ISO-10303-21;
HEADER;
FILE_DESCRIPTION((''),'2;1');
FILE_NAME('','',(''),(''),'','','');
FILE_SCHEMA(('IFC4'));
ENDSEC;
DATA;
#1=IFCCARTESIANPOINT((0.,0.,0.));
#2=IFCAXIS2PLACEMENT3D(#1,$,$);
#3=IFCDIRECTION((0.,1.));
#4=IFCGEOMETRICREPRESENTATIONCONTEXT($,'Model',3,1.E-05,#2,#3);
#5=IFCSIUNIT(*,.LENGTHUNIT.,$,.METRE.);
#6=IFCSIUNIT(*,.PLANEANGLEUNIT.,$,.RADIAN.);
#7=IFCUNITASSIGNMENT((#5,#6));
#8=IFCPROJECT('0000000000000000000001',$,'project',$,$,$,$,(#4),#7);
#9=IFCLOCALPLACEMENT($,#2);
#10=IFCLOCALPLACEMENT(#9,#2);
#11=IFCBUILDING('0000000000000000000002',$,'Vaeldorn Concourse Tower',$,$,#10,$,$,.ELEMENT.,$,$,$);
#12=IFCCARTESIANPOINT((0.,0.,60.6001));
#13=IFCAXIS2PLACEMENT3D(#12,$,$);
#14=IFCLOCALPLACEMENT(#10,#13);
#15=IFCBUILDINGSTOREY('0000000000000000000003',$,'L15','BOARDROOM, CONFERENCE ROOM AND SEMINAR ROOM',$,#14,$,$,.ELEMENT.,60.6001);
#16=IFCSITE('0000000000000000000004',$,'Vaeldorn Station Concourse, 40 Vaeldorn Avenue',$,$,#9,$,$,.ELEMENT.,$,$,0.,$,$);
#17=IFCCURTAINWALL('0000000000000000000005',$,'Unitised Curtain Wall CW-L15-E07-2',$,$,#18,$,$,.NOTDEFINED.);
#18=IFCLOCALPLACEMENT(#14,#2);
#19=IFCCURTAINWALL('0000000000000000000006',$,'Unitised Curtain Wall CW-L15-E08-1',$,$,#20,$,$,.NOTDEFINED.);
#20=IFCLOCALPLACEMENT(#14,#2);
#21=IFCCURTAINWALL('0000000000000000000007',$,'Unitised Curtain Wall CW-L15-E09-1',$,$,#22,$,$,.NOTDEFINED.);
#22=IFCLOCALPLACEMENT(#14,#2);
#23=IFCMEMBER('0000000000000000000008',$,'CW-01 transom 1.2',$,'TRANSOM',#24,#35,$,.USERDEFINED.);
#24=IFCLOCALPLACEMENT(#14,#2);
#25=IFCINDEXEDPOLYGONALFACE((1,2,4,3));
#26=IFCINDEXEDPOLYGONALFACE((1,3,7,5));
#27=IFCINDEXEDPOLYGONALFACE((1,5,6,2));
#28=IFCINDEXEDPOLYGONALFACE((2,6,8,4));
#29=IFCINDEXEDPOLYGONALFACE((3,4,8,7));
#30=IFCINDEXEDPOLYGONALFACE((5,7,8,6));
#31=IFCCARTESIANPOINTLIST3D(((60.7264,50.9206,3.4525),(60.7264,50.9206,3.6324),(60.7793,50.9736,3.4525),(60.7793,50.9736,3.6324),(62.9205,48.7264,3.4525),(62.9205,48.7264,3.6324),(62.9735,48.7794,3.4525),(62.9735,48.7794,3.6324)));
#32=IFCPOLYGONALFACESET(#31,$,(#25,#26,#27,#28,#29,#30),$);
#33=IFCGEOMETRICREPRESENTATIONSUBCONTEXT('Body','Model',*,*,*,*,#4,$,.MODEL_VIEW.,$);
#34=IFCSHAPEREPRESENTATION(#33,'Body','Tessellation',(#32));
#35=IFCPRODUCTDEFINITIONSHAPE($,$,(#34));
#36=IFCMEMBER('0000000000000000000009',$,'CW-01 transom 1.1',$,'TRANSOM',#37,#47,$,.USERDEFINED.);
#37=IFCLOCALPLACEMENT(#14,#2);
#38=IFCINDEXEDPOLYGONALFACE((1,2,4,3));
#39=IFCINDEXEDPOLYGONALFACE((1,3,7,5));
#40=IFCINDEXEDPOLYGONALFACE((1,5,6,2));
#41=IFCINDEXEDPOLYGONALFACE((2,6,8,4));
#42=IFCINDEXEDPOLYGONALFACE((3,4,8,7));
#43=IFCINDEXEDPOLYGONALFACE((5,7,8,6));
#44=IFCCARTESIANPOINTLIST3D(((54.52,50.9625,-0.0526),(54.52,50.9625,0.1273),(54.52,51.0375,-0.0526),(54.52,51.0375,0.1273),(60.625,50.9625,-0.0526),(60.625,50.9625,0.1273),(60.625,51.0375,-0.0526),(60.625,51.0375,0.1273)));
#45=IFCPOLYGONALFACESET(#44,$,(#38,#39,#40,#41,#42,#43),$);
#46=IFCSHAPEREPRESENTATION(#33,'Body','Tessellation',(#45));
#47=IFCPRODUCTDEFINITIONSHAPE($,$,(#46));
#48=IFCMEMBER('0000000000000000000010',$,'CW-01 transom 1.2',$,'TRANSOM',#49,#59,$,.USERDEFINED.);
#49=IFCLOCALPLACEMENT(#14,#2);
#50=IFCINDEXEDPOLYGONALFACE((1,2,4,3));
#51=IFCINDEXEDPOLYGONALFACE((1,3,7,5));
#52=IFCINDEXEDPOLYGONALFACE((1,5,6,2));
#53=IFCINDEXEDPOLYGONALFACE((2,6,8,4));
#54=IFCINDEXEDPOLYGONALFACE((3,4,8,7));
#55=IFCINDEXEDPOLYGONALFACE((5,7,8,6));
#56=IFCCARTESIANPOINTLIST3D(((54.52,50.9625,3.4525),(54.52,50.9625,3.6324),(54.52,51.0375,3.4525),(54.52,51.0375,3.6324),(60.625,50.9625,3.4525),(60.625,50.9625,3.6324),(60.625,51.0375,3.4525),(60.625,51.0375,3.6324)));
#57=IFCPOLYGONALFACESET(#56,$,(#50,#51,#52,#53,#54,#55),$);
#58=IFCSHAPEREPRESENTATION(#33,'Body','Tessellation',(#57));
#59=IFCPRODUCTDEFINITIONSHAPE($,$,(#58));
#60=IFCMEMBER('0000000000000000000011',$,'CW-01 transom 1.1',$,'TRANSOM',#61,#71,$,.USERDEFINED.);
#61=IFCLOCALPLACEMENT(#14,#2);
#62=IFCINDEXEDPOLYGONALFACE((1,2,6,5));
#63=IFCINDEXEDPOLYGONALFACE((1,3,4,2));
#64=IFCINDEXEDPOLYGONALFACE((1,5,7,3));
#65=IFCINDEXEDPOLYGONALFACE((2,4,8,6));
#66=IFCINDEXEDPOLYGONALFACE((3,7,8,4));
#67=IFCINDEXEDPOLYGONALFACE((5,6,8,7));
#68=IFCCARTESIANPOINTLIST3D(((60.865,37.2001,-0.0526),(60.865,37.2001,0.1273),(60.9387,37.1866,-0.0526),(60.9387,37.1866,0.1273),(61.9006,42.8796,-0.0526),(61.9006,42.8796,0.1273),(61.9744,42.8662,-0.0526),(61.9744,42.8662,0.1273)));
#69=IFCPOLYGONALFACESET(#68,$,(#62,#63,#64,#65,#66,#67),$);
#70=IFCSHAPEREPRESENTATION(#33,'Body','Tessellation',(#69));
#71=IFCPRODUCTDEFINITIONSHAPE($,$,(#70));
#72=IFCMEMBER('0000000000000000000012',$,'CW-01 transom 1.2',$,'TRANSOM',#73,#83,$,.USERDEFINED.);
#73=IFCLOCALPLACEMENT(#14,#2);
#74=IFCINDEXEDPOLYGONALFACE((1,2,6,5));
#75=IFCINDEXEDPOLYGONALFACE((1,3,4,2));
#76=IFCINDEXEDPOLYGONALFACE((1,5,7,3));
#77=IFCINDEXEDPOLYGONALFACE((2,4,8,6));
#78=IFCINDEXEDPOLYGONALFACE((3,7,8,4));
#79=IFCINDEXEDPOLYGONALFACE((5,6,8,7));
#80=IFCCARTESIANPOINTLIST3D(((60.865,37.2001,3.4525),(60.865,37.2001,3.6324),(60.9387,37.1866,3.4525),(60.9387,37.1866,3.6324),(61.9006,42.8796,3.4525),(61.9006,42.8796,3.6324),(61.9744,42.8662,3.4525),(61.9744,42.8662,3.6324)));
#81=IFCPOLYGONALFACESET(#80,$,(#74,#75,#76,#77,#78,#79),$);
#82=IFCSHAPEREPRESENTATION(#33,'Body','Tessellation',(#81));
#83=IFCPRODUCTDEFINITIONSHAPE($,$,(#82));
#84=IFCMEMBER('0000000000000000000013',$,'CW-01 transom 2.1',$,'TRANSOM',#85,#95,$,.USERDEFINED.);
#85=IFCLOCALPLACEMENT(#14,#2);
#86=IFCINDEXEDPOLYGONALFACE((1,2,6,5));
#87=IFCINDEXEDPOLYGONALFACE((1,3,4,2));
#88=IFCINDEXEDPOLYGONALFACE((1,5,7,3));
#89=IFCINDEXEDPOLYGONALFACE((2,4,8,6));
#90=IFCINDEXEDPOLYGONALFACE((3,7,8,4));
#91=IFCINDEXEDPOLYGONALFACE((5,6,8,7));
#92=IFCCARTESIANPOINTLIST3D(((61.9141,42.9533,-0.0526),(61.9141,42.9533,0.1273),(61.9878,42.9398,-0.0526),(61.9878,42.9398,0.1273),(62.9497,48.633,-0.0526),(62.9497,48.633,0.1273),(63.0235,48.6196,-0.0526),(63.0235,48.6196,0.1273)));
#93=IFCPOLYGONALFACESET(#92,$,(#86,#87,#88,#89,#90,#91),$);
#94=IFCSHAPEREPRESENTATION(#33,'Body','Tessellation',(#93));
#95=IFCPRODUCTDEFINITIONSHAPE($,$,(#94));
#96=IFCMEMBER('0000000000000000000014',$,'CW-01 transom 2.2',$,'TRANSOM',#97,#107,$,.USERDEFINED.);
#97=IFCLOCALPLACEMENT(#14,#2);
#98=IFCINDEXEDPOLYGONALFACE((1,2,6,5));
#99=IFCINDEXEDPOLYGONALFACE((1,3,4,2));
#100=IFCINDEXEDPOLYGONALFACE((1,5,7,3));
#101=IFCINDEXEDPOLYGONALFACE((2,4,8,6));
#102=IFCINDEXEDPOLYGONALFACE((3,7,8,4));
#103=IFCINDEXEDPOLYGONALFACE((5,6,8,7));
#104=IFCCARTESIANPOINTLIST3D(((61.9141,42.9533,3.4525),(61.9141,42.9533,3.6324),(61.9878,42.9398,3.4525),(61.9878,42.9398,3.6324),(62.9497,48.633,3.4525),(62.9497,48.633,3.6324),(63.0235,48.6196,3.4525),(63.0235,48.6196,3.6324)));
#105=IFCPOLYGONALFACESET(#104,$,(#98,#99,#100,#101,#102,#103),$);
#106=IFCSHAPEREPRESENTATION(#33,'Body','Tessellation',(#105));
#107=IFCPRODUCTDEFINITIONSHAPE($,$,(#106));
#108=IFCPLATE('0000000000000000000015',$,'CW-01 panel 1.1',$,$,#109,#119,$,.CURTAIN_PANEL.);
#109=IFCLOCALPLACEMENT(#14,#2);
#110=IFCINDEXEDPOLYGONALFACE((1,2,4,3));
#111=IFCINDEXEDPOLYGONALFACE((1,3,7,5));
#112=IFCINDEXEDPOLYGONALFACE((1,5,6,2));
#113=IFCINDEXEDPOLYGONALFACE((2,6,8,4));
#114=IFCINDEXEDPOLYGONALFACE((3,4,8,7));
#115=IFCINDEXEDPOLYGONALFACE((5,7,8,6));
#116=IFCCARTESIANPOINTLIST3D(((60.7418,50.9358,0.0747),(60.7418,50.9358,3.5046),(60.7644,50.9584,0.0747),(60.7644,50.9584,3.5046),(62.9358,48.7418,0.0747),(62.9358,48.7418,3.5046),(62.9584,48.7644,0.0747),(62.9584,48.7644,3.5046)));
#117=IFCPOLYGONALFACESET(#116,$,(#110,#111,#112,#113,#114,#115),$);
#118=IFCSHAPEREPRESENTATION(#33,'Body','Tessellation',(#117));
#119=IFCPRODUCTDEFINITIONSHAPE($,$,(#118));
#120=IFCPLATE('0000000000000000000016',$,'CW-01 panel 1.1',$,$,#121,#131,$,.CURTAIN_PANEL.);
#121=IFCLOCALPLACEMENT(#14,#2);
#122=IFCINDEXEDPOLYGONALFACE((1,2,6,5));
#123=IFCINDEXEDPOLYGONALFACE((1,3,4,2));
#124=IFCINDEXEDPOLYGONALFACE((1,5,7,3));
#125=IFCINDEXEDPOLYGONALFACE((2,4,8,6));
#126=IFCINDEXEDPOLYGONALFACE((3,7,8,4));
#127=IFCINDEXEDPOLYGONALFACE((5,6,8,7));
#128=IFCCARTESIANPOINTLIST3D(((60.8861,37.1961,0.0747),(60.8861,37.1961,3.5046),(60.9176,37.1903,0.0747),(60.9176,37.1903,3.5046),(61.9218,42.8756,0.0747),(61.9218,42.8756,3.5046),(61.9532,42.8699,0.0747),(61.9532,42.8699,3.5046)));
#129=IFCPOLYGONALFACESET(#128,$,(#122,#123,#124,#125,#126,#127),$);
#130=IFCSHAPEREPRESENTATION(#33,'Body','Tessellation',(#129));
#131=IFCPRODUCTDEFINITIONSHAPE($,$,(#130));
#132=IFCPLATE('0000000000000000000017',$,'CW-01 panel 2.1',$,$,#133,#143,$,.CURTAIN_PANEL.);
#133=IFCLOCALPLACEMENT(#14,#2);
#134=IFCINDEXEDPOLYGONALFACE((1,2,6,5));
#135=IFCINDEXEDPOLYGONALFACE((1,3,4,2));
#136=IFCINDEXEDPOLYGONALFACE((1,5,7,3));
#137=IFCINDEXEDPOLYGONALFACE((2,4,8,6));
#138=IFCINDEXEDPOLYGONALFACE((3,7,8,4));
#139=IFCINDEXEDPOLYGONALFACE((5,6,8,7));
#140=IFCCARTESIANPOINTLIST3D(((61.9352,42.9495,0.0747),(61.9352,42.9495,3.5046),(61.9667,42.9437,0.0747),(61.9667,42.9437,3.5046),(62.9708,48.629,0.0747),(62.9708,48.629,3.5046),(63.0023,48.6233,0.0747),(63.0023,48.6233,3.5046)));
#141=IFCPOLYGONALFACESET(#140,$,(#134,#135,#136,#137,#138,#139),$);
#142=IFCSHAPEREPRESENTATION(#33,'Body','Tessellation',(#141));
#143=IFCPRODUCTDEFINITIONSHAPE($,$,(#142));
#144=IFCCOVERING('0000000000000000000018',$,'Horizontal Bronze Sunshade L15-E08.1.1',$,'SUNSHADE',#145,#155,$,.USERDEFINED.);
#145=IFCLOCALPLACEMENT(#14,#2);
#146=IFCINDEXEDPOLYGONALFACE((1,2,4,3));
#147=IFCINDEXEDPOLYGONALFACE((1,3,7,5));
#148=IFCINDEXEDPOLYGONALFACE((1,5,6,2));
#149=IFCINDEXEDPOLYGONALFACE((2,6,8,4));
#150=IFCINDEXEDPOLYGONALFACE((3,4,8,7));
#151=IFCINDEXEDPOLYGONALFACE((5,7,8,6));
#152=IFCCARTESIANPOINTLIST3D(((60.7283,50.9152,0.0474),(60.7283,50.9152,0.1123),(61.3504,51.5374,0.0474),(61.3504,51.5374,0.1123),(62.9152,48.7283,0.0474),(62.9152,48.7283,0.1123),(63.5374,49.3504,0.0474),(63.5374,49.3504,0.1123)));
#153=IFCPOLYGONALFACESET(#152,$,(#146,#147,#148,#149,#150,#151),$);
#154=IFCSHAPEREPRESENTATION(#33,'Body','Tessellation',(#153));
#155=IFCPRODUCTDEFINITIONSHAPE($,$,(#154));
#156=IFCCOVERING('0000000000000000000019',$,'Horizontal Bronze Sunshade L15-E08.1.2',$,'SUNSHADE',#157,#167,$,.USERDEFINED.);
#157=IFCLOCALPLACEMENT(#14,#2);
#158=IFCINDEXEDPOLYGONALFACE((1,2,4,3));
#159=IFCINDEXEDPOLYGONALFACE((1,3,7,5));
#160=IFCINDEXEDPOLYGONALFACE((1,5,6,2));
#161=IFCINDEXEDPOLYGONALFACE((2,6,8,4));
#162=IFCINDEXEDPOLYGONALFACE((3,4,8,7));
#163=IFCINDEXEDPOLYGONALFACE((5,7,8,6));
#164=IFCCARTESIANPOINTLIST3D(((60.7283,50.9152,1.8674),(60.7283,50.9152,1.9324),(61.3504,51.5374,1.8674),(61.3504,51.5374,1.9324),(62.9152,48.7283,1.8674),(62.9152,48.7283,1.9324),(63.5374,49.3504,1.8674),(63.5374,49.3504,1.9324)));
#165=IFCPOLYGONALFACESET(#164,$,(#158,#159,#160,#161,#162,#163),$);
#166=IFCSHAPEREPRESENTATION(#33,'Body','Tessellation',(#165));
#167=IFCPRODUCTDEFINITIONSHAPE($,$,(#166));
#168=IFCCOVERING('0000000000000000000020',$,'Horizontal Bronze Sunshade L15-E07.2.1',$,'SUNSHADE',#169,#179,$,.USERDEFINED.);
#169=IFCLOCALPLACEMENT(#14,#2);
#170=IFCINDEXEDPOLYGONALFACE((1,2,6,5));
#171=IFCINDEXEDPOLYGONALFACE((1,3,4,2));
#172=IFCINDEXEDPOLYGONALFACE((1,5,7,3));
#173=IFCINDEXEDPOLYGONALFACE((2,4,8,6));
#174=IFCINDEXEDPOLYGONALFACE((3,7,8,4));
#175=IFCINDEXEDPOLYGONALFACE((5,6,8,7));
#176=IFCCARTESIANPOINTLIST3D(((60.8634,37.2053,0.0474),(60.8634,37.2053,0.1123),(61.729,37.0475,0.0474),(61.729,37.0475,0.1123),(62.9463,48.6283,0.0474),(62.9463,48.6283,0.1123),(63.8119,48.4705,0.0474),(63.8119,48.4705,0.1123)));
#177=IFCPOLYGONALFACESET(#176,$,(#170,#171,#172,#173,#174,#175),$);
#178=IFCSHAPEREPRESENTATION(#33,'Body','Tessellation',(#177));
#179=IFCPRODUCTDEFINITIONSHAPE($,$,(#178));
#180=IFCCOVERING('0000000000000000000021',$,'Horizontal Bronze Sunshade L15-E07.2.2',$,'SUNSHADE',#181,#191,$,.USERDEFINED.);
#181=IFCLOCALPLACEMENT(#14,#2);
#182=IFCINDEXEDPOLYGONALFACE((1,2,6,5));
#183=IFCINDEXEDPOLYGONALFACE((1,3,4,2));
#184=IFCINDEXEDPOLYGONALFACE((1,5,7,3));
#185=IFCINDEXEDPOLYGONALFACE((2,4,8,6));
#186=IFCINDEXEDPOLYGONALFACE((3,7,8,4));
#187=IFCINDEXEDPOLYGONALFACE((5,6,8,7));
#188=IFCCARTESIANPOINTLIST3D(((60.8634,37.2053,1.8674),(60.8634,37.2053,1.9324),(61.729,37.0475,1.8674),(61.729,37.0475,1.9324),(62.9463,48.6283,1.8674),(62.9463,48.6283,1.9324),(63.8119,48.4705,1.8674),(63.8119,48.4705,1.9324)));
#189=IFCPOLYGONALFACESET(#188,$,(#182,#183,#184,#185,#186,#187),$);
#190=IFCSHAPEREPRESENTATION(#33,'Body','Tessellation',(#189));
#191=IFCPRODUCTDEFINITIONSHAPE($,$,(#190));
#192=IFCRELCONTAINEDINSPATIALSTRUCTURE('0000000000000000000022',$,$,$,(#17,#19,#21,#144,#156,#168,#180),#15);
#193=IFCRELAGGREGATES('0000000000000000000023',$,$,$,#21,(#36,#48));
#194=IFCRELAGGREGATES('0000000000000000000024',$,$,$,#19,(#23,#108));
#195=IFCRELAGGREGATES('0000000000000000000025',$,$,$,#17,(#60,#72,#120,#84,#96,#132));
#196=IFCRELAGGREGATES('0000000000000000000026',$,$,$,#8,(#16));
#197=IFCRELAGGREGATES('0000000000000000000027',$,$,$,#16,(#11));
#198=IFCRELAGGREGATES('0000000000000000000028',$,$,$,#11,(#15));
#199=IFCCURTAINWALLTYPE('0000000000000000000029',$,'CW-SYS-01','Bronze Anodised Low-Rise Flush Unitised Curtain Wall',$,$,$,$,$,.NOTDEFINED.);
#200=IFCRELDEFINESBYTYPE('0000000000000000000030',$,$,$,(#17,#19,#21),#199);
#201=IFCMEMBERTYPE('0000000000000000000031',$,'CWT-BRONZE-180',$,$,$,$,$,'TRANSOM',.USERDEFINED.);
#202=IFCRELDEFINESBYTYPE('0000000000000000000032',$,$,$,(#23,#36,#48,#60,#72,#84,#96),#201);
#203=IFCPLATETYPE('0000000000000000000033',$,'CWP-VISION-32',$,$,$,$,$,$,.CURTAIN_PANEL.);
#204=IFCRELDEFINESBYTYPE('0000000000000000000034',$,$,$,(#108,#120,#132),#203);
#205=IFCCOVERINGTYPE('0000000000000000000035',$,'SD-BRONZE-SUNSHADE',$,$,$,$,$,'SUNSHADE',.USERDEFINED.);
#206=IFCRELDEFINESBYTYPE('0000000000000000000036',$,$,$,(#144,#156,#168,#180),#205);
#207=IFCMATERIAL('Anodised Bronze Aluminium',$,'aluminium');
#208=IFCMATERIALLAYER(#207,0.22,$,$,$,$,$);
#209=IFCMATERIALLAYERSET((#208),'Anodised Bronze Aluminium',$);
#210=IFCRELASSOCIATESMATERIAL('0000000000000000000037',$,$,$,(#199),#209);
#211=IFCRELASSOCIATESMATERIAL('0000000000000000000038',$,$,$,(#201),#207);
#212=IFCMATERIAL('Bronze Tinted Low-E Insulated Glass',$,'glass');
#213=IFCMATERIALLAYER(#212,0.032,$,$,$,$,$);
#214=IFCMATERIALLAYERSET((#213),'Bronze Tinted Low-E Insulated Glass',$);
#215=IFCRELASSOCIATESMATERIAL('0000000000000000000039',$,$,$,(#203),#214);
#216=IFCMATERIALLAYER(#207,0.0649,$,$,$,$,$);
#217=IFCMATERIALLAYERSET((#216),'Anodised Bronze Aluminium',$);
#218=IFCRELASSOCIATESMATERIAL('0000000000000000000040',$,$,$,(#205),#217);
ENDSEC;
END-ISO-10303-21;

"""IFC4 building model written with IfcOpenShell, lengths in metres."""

from ifc_helpers import new_model, si_unit, direction, frame, origin, origin_2d, place, context, subcontext, project, spatial, rectangle, extrude, source, transform, mapped, material, layer, layer_set, material_profile, profile_set, type_object, element, aggregate, save


model = new_model("IFC4")

# Units and contexts
model_context = context("Model", 3, precision=1e-05, world=origin(), true_north=direction((0.0, 1.0)))
body_context = subcontext(model_context, "Body", "Model", "MODEL_VIEW")
ifc_project = project(units=[si_unit("LENGTHUNIT", "METRE"), si_unit("PLANEANGLEUNIT", "RADIAN")], contexts=[model_context])

# Site, building, storey
site_placement = place(None, origin())
site = spatial("IfcSite", under=ifc_project, at=site_placement, Name="Vaeldorn Station Concourse, 40 Vaeldorn Avenue", CompositionType="ELEMENT", RefElevation=0.0)
building_placement = place(site_placement, origin())
building = spatial("IfcBuilding", under=site, at=building_placement, Name="Vaeldorn Concourse Tower", CompositionType="ELEMENT")
storey_placement = place(building_placement, frame((0.0, 0.0, 60.6001)))
storey = spatial("IfcBuildingStorey", under=building, at=storey_placement, Name="L15", Description="BOARDROOM, CONFERENCE ROOM AND SEMINAR ROOM", CompositionType="ELEMENT", Elevation=60.6001)

# Curtain walls
ifc_material_1 = material(Name="Anodised Bronze Aluminium", Category="aluminium")
ifc_layer_1 = layer(ifc_material_1, 0.22)
ifc_layer_set_1 = layer_set([ifc_layer_1], Name="Anodised Bronze Aluminium")
curtain_wall_type = type_object("IfcCurtainWallType", Name="CW-SYS-01", Description="Bronze Anodised Low-Rise Flush Unitised Curtain Wall", PredefinedType="NOTDEFINED", material=ifc_layer_set_1)
curtain_wall_1_placement = place(storey_placement, origin())
curtain_wall_1 = element("IfcCurtainWall", 1, at=curtain_wall_1_placement, inside=storey, type_object=curtain_wall_type, Name="Unitised Curtain Wall CW-L15-E07-2", PredefinedType="NOTDEFINED")
curtain_wall_2_placement = place(storey_placement, origin())
curtain_wall_2 = element("IfcCurtainWall", 2, at=curtain_wall_2_placement, inside=storey, type_object=curtain_wall_type, Name="Unitised Curtain Wall CW-L15-E08-1", PredefinedType="NOTDEFINED")

# Curtain wall
curtain_wall_3_placement = place(storey_placement, origin())
curtain_wall_3 = element("IfcCurtainWall", 3, at=curtain_wall_3_placement, inside=storey, type_object=curtain_wall_type, Name="Unitised Curtain Wall CW-L15-E09-1", PredefinedType="NOTDEFINED")

# Members
ifc_material_profile_1 = material_profile(ifc_material_1, rectangle(XDim=0.075, YDim=0.1799, at=origin_2d()), Name="CWT 75x180")
ifc_profile_set_1 = profile_set([ifc_material_profile_1], Name="Anodised Bronze Aluminium")
member_type_1 = type_object("IfcMemberType", Name="CWT-BRONZE-180", ElementType="TRANSOM", PredefinedType="USERDEFINED", material=ifc_profile_set_1)
shared_shape_1 = source(origin(), body_context, "Body", "SweptSolid", [
    extrude(rectangle(XDim=0.075, YDim=0.1799, at=origin_2d()), origin(), (0.0, 0.0, 1.0), 3.103),
])
member_1_placement = place(storey_placement, frame((62.947, 48.7529, 3.5425), z_axis=(-0.707107, 0.707107, 0.0), x_axis=(-0.707107, -0.707107, 0.0)))
member_1 = element("IfcMember", 4, at=member_1_placement, type_object=member_type_1, Name="CW-01 transom 1.2", ObjectType="TRANSOM", PredefinedType="USERDEFINED", context=body_context, shape_type="MappedRepresentation", body=[
    mapped(shared_shape_1, transform((0.0, 0.0, 0.0), scale=1.0)),
])
shared_shape_2 = source(origin(), body_context, "Body", "SweptSolid", [
    extrude(rectangle(XDim=0.075, YDim=0.1799, at=origin_2d()), origin(), (0.0, 0.0, 1.0), 6.105),
])
member_2_placement = place(storey_placement, frame((60.625, 51.0, 0.0374), z_axis=(-1.0, 0.0, 0.0), x_axis=(0.0, -1.0, 0.0)))
member_2 = element("IfcMember", 5, at=member_2_placement, type_object=member_type_1, Name="CW-01 transom 1.1", ObjectType="TRANSOM", PredefinedType="USERDEFINED", context=body_context, shape_type="MappedRepresentation", body=[
    mapped(shared_shape_2, transform((0.0, 0.0, 0.0), scale=1.0)),
])
member_3_placement = place(storey_placement, frame((60.625, 51.0, 3.5425), z_axis=(-1.0, 0.0, 0.0), x_axis=(0.0, -1.0, 0.0)))
member_3 = element("IfcMember", 6, at=member_3_placement, type_object=member_type_1, Name="CW-01 transom 1.2", ObjectType="TRANSOM", PredefinedType="USERDEFINED", context=body_context, shape_type="MappedRepresentation", body=[
    mapped(shared_shape_2, transform((0.0, 0.0, 0.0), scale=1.0)),
])
aggregate(curtain_wall_3, [member_2, member_3])
shared_shape_3 = source(origin(), body_context, "Body", "SweptSolid", [
    extrude(rectangle(XDim=0.075, YDim=0.1799, at=origin_2d()), origin(), (0.0, 0.0, 1.0), 5.7732),
])
member_4_placement = place(storey_placement, frame((60.9019, 37.1934, 0.0374), z_axis=(0.179392, 0.983778, 0.0), x_axis=(-0.983778, 0.179392, 0.0)))
member_4 = element("IfcMember", 7, at=member_4_placement, type_object=member_type_1, Name="CW-01 transom 1.1", ObjectType="TRANSOM", PredefinedType="USERDEFINED", context=body_context, shape_type="MappedRepresentation", body=[
    mapped(shared_shape_3, transform((0.0, 0.0, 0.0), scale=1.0)),
])
member_5_placement = place(storey_placement, frame((60.9019, 37.1934, 3.5425), z_axis=(0.179392, 0.983778, 0.0), x_axis=(-0.983778, 0.179392, 0.0)))
member_5 = element("IfcMember", 8, at=member_5_placement, type_object=member_type_1, Name="CW-01 transom 1.2", ObjectType="TRANSOM", PredefinedType="USERDEFINED", context=body_context, shape_type="MappedRepresentation", body=[
    mapped(shared_shape_3, transform((0.0, 0.0, 0.0), scale=1.0)),
])
shared_shape_4 = source(origin(), body_context, "Body", "SweptSolid", [
    extrude(rectangle(XDim=0.075, YDim=0.1799, at=origin_2d()), origin(), (0.0, 0.0, 1.0), 5.7734),
])
member_6_placement = place(storey_placement, frame((61.9509, 42.9465, 0.0374), z_axis=(0.179384, 0.983779, 0.0), x_axis=(-0.983779, 0.179384, 0.0)))
member_6 = element("IfcMember", 9, at=member_6_placement, type_object=member_type_1, Name="CW-01 transom 2.1", ObjectType="TRANSOM", PredefinedType="USERDEFINED", context=body_context, shape_type="MappedRepresentation", body=[
    mapped(shared_shape_4, transform((0.0, 0.0, 0.0), scale=1.0)),
])
member_7_placement = place(storey_placement, frame((61.9509, 42.9465, 3.5425), z_axis=(0.179384, 0.983779, 0.0), x_axis=(-0.983779, 0.179384, 0.0)))
member_7 = element("IfcMember", 10, at=member_7_placement, type_object=member_type_1, Name="CW-01 transom 2.2", ObjectType="TRANSOM", PredefinedType="USERDEFINED", context=body_context, shape_type="MappedRepresentation", body=[
    mapped(shared_shape_4, transform((0.0, 0.0, 0.0), scale=1.0)),
])

# Plates
ifc_material_2 = material(Name="Bronze Tinted Low-E Insulated Glass", Category="glass")
ifc_layer_2 = layer(ifc_material_2, 0.032)
ifc_layer_set_2 = layer_set([ifc_layer_2], Name="Bronze Tinted Low-E Insulated Glass")
plate_type = type_object("IfcPlateType", Name="CWP-VISION-32", PredefinedType="CURTAIN_PANEL", material=ifc_layer_set_2)
shared_shape_5 = source(origin(), body_context, "Body", "SweptSolid", [
    extrude(rectangle(XDim=3.1028, YDim=0.032, at=origin_2d()), origin(), (0.0, 0.0, 1.0), 3.4299),
])
plate_1_placement = place(storey_placement, frame((61.8501, 49.8501, 0.0747), z_axis=(0.0, 0.0, 1.0), x_axis=(-0.707107, 0.707107, 0.0)))
plate_1 = element("IfcPlate", 11, at=plate_1_placement, type_object=plate_type, Name="CW-01 panel 1.1", PredefinedType="CURTAIN_PANEL", context=body_context, shape_type="MappedRepresentation", body=[
    mapped(shared_shape_5, transform((0.0, 0.0, 0.0), scale=1.0)),
])
aggregate(curtain_wall_2, [member_1, plate_1])
shared_shape_6 = source(origin(), body_context, "Body", "SweptSolid", [
    extrude(rectangle(XDim=5.7732, YDim=0.032, at=origin_2d()), origin(), (0.0, 0.0, 1.0), 3.4299),
])
plate_2_placement = place(storey_placement, frame((61.4197, 40.033, 0.0747), z_axis=(0.0, 0.0, 1.0), x_axis=(0.179383, 0.983779, 0.0)))
plate_2 = element("IfcPlate", 12, at=plate_2_placement, type_object=plate_type, Name="CW-01 panel 1.1", PredefinedType="CURTAIN_PANEL", context=body_context, shape_type="MappedRepresentation", body=[
    mapped(shared_shape_6, transform((0.0, 0.0, 0.0), scale=1.0)),
])
plate_3_placement = place(storey_placement, frame((62.4688, 45.7864, 0.0747), z_axis=(0.0, 0.0, 1.0), x_axis=(0.179383, 0.983779, 0.0)))
plate_3 = element("IfcPlate", 13, at=plate_3_placement, type_object=plate_type, Name="CW-01 panel 2.1", PredefinedType="CURTAIN_PANEL", context=body_context, shape_type="MappedRepresentation", body=[
    mapped(shared_shape_6, transform((0.0, 0.0, 0.0), scale=1.0)),
])
aggregate(curtain_wall_1, [member_4, member_5, plate_2, member_6, member_7, plate_3])

# Coverings
ifc_layer_3 = layer(ifc_material_1, 0.0649)
ifc_layer_set_3 = layer_set([ifc_layer_3], Name="Anodised Bronze Aluminium")
covering_type = type_object("IfcCoveringType", Name="SD-BRONZE-SUNSHADE", ElementType="SUNSHADE", PredefinedType="USERDEFINED", material=ifc_layer_set_3)
shared_shape_7 = source(origin(), body_context, "Body", "SweptSolid", [
    extrude(rectangle(XDim=3.0928, YDim=0.8799, at=origin_2d()), origin(), (0.0, 0.0, 1.0), 0.0649),
])
for number, where, z_axis, x_axis, name in (
    (14, (62.1328, 50.1328, 0.0474), (0.0, 0.0, 1.0), (-0.707107, 0.707107, 0.0), "Horizontal Bronze Sunshade L15-E08.1.1"),
    (15, (62.1328, 50.1328, 1.8674), (0.0, 0.0, 1.0), (-0.707107, 0.707107, 0.0), "Horizontal Bronze Sunshade L15-E08.1.2"),
):
    element("IfcCovering", number, at=place(storey_placement, frame(where, z_axis=z_axis, x_axis=x_axis)), inside=storey, type_object=covering_type, Name=name, ObjectType="SUNSHADE", PredefinedType="USERDEFINED", context=body_context, shape_type="MappedRepresentation", body=[
        mapped(shared_shape_7, transform((0.0, 0.0, 0.0), scale=1.0)),
    ])
shared_shape_8 = source(origin(), body_context, "Body", "SweptSolid", [
    extrude(rectangle(XDim=11.6113, YDim=0.8799, at=origin_2d()), origin(), (0.0, 0.0, 1.0), 0.0649),
])
for number, where, z_axis, x_axis, name in (
    (16, (62.3376, 42.8379, 0.0474), (0.0, 0.0, 1.0), (0.179386, 0.983779, 0.0), "Horizontal Bronze Sunshade L15-E07.2.1"),
    (17, (62.3376, 42.8379, 1.8674), (0.0, 0.0, 1.0), (0.179386, 0.983779, 0.0), "Horizontal Bronze Sunshade L15-E07.2.2"),
):
    element("IfcCovering", number, at=place(storey_placement, frame(where, z_axis=z_axis, x_axis=x_axis)), inside=storey, type_object=covering_type, Name=name, ObjectType="SUNSHADE", PredefinedType="USERDEFINED", context=body_context, shape_type="MappedRepresentation", body=[
        mapped(shared_shape_8, transform((0.0, 0.0, 0.0), scale=1.0)),
    ])

save(model, "model.ifc")
